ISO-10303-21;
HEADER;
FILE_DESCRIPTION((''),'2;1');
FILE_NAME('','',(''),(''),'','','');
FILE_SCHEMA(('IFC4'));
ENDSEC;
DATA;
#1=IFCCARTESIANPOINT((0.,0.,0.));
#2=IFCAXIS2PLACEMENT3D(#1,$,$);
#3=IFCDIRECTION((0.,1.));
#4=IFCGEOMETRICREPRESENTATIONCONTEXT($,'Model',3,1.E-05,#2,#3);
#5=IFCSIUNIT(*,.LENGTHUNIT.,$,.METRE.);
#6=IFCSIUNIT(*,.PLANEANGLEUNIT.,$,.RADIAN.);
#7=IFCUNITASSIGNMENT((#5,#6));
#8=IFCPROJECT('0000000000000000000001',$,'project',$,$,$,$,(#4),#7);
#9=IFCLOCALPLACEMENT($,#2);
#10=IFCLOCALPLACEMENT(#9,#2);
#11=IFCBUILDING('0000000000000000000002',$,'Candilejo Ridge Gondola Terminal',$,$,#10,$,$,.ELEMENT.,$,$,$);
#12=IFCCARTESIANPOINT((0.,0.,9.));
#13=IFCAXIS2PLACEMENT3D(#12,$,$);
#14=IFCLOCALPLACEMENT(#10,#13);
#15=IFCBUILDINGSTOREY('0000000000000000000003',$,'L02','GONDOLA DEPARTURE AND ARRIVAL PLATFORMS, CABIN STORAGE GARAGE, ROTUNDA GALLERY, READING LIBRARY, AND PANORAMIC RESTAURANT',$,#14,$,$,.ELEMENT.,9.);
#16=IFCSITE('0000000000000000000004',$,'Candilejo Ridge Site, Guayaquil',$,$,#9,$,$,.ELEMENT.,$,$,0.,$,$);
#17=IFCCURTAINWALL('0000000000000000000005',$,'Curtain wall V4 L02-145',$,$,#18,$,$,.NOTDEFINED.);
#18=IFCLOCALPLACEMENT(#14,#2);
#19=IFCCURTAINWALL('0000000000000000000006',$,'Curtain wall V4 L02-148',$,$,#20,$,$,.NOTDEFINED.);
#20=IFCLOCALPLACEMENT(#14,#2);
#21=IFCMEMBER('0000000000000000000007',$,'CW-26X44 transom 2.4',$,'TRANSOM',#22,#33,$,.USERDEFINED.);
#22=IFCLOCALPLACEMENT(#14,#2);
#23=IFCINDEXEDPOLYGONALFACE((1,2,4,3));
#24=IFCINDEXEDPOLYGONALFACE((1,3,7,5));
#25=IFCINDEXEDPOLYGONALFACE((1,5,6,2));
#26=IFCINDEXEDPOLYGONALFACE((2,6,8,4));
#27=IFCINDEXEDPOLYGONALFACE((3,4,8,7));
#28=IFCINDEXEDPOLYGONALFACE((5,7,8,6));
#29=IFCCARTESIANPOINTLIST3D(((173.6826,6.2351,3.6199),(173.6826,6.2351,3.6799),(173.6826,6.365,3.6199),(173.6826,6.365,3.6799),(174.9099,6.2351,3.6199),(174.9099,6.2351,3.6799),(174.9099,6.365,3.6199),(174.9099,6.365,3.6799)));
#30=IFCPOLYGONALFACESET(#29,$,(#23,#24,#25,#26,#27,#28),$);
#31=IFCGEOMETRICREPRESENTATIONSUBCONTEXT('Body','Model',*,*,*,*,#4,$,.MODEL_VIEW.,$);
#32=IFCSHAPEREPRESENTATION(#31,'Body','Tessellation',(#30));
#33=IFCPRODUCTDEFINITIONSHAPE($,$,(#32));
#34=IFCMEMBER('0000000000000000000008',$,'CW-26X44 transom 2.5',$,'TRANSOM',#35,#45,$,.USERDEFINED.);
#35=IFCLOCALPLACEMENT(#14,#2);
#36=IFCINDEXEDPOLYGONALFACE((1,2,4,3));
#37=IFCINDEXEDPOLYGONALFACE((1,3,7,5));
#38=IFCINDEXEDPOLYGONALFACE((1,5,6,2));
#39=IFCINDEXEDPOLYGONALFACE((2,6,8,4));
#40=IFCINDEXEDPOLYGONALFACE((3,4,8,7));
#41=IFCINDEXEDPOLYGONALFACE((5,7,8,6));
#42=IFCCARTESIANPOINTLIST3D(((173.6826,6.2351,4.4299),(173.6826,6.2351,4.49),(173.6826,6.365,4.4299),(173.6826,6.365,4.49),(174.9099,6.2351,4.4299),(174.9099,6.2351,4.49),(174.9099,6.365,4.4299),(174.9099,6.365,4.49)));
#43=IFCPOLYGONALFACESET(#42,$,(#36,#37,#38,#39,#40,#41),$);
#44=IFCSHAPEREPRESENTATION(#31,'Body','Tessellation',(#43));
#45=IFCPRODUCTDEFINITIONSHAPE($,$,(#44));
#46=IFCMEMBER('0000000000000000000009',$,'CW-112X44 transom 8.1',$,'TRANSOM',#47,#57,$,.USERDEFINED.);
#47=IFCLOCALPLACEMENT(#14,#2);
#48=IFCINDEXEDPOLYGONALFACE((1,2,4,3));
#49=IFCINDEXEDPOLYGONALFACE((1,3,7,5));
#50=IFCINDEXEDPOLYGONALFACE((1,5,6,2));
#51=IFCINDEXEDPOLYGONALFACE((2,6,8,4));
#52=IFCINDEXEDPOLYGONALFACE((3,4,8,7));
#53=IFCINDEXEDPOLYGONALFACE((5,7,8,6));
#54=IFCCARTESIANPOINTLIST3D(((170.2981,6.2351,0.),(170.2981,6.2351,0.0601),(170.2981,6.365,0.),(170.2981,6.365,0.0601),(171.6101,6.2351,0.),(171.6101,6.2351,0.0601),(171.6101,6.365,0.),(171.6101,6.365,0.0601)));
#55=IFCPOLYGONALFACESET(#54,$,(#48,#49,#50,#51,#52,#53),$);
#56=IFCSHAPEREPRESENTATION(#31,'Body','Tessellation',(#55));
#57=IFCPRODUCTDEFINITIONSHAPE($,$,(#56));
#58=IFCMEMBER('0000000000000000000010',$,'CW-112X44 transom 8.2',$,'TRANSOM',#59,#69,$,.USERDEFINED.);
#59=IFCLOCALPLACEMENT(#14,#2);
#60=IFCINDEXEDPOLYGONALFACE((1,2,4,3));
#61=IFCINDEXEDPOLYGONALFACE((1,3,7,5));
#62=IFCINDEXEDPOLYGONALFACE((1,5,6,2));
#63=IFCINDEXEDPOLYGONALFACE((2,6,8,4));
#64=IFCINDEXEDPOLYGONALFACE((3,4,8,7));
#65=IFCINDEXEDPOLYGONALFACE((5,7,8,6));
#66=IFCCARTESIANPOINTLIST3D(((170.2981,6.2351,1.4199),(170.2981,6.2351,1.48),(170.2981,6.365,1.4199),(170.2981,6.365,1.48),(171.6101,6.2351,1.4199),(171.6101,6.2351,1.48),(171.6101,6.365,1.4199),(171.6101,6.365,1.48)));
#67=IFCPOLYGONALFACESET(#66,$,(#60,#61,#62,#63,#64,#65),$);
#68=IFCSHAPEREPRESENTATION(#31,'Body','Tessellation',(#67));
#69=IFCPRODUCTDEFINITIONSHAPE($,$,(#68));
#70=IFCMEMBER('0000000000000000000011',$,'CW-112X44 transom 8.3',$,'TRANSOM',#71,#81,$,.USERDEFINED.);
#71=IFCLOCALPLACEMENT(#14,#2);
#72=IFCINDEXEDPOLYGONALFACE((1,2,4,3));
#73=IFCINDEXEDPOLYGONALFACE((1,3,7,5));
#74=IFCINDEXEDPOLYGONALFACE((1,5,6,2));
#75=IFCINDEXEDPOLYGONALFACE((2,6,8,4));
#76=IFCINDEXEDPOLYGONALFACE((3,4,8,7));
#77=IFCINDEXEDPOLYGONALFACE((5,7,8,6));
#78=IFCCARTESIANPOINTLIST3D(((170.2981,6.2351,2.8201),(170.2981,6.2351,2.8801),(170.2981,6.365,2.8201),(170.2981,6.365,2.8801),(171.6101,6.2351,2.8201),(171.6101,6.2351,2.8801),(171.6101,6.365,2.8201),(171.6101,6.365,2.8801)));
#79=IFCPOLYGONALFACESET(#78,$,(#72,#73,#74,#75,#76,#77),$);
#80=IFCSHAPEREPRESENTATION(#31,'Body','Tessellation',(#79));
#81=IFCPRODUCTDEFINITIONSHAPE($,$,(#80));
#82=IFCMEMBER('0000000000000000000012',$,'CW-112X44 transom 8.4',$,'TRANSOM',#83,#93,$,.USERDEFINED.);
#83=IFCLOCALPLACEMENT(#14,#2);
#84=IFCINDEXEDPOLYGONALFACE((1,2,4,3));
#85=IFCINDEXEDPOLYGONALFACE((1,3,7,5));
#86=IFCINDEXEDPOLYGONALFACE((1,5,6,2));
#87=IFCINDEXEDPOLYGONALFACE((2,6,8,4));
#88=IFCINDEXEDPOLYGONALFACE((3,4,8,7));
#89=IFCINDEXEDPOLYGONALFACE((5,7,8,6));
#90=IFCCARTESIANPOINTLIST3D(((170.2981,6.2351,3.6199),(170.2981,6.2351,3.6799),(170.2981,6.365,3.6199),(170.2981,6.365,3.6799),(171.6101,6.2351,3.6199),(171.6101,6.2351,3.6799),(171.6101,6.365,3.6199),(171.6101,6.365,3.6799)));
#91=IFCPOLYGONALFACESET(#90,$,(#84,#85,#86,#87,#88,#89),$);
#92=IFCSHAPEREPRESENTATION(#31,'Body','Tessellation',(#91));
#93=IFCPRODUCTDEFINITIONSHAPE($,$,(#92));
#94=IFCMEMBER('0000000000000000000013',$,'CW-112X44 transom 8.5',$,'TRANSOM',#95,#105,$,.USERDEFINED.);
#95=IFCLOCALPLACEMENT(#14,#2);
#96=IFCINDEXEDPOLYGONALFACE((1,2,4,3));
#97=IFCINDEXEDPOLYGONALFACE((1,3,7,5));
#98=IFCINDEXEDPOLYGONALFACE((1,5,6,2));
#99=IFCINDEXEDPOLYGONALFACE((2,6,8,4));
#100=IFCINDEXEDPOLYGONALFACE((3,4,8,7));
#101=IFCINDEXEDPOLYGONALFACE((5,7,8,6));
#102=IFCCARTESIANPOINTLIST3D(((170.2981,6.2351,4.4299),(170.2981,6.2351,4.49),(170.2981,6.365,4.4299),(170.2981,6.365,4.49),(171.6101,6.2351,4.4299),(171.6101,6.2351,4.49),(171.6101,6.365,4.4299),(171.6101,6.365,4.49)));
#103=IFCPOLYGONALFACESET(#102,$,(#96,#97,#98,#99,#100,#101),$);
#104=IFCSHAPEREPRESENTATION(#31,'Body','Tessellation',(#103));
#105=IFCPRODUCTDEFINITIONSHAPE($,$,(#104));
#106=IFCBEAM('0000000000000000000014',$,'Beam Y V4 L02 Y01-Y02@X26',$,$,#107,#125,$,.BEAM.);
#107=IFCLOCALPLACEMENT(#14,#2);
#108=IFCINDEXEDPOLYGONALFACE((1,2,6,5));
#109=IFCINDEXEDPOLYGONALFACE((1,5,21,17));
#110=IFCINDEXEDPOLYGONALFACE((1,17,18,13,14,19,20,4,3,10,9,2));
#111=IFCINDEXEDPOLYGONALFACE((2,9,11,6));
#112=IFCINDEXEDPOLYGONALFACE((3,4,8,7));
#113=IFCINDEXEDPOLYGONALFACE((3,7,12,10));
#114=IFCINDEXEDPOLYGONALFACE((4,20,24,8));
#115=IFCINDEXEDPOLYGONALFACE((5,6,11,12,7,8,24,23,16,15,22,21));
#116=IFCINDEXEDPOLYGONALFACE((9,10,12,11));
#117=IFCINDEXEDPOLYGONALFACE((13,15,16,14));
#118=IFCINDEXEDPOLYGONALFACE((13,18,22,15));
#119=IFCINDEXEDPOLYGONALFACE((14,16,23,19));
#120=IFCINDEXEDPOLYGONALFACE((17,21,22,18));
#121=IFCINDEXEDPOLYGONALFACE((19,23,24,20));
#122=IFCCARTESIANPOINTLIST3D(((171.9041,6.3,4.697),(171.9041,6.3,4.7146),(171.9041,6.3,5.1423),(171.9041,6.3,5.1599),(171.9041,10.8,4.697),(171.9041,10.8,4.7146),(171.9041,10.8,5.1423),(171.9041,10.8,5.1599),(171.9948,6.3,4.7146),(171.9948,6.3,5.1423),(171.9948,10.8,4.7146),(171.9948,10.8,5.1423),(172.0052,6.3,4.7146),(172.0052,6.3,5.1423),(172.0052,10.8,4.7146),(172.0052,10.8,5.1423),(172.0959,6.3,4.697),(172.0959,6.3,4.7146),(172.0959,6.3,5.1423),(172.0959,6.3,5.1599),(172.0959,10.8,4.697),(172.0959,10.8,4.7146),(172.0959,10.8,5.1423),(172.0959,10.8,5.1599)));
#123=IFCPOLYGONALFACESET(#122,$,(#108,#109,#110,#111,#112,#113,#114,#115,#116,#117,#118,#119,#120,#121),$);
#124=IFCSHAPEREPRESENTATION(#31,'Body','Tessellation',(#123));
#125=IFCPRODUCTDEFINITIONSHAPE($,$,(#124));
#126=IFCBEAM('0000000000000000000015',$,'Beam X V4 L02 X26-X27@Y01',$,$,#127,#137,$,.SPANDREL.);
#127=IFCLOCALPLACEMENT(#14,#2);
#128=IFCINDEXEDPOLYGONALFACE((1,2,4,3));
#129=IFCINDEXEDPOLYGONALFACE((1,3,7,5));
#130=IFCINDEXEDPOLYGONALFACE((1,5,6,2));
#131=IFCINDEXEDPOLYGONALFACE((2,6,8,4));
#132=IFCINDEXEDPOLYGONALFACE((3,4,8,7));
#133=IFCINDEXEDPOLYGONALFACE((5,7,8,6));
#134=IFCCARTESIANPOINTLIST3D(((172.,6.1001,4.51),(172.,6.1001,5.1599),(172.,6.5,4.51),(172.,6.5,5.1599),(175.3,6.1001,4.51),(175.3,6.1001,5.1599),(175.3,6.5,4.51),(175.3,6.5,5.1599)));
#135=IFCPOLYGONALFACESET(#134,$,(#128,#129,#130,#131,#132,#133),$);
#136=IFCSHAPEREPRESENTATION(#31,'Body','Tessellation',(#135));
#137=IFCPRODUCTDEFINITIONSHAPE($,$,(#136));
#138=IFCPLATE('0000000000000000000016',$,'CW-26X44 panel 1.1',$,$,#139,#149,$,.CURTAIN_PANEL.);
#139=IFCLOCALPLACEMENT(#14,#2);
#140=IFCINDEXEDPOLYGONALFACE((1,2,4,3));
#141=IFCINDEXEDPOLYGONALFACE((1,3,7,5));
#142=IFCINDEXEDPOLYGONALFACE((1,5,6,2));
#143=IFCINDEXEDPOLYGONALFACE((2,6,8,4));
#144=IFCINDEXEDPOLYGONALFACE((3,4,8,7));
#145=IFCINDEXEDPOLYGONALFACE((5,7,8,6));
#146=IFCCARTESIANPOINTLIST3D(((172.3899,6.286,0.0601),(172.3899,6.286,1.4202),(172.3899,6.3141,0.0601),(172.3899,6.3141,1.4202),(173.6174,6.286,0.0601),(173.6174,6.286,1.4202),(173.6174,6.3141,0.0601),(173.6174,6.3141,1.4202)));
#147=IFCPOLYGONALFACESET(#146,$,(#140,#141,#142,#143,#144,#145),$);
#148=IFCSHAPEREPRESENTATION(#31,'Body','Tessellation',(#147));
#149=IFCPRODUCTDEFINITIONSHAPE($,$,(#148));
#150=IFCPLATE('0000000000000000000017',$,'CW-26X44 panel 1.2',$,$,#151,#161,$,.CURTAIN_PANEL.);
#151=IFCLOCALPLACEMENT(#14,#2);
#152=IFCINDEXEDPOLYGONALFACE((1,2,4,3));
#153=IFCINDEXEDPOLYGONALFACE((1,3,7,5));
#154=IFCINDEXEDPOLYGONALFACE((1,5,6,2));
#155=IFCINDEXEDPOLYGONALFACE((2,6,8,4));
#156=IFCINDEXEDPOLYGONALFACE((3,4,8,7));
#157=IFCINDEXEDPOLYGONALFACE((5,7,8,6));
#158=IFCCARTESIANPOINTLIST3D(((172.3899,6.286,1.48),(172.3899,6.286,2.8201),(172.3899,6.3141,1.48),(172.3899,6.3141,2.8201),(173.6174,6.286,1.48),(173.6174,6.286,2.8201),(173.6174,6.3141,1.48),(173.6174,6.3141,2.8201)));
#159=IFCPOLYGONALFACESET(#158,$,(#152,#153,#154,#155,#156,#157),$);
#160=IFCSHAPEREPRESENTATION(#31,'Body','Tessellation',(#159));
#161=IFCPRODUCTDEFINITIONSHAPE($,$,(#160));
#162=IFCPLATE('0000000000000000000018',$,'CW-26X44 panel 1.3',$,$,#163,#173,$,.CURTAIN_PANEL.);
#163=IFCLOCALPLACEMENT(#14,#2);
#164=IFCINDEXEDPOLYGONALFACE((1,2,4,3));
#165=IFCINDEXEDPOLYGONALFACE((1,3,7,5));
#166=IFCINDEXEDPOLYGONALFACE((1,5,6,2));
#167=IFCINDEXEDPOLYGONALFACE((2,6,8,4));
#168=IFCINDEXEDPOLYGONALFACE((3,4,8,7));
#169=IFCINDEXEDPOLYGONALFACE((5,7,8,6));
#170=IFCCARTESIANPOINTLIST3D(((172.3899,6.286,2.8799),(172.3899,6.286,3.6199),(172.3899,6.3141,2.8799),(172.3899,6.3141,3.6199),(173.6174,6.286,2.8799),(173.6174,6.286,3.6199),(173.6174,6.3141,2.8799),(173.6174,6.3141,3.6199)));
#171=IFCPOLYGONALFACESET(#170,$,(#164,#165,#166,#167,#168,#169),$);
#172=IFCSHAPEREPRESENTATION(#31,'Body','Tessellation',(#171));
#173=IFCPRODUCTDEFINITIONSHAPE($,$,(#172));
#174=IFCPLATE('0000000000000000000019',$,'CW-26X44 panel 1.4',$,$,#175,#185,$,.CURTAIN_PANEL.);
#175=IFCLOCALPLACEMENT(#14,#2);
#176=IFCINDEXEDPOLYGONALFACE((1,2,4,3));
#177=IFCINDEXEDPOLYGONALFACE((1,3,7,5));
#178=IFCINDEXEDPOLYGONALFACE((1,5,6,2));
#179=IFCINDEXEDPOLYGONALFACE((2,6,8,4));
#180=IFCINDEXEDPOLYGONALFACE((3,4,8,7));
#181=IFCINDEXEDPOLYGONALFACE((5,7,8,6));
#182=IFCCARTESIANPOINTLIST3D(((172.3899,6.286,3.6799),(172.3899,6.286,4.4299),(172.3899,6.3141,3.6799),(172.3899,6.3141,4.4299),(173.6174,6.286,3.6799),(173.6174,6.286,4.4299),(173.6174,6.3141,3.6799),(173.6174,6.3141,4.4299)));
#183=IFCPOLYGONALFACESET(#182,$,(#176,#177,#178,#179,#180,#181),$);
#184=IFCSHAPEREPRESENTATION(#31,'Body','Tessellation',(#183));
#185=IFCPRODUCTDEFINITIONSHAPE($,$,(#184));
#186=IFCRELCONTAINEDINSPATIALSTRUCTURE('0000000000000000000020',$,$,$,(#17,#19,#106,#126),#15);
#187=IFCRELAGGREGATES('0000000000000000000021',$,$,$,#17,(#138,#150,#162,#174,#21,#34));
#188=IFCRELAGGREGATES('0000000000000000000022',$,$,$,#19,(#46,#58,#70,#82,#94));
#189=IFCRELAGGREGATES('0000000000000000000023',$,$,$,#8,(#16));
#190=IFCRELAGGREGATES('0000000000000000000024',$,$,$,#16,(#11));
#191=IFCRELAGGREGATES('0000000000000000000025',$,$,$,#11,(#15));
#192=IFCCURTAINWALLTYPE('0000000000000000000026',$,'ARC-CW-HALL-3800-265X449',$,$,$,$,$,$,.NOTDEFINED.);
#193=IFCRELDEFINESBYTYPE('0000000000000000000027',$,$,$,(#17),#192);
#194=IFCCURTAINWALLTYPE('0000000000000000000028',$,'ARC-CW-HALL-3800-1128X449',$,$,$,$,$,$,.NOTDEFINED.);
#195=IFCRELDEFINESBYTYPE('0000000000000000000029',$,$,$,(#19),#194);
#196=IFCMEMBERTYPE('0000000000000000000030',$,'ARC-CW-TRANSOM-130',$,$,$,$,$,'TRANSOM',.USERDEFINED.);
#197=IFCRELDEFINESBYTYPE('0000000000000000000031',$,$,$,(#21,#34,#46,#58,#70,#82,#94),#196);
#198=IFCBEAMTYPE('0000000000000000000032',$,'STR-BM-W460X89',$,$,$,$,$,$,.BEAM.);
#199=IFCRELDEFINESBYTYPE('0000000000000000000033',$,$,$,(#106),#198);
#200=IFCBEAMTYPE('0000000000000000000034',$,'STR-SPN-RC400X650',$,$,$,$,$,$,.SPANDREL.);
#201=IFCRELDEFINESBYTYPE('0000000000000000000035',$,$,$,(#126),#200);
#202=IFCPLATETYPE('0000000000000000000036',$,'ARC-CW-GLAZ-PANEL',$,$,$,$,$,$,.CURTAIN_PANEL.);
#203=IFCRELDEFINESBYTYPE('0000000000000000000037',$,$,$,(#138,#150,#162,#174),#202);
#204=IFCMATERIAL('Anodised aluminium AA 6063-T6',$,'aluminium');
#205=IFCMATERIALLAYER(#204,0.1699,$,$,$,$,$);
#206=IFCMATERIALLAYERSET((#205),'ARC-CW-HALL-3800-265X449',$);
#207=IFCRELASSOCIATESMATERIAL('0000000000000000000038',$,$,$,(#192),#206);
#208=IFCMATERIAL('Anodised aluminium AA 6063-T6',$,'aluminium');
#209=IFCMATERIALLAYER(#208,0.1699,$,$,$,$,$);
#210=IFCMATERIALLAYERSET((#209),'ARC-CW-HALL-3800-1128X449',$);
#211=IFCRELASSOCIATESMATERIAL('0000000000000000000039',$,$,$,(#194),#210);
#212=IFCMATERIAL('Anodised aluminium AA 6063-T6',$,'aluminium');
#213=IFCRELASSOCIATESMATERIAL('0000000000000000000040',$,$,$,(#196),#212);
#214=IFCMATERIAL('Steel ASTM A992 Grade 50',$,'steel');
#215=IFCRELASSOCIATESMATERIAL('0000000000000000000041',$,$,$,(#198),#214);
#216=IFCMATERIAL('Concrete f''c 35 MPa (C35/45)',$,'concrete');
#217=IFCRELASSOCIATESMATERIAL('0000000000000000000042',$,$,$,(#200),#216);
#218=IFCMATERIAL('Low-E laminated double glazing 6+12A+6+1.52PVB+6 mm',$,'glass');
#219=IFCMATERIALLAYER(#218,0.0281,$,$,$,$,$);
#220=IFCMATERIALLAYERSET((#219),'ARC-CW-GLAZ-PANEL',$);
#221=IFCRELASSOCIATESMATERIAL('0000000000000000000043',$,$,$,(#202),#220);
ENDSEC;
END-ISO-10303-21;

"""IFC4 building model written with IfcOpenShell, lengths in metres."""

from ifc_helpers import new_model, si_unit, direction, frame, origin, origin_2d, place, context, subcontext, project, spatial, rectangle, i_section, extrude, material, layer, layer_set, material_profile, profile_set, type_object, element, aggregate, save


model = new_model("IFC4")

# Units and contexts
model_context = context("Model", 3, precision=1e-05, world=origin(), true_north=direction((0.0, 1.0)))
body_context = subcontext(model_context, "Body", "Model", "MODEL_VIEW")
ifc_project = project(units=[si_unit("LENGTHUNIT", "METRE"), si_unit("PLANEANGLEUNIT", "RADIAN")], contexts=[model_context])

# Site, building, storey
site_placement = place(None, origin())
site = spatial("IfcSite", under=ifc_project, at=site_placement, Name="Candilejo Ridge Site, Guayaquil", CompositionType="ELEMENT", RefElevation=0.0)
building_placement = place(site_placement, origin())
building = spatial("IfcBuilding", under=site, at=building_placement, Name="Candilejo Ridge Gondola Terminal", CompositionType="ELEMENT")
storey_placement = place(building_placement, frame((0.0, 0.0, 9.0)))
storey = spatial("IfcBuildingStorey", under=building, at=storey_placement, Name="L02", Description="GONDOLA DEPARTURE AND ARRIVAL PLATFORMS, CABIN STORAGE GARAGE, ROTUNDA GALLERY, READING LIBRARY, AND PANORAMIC RESTAURANT", CompositionType="ELEMENT", Elevation=9.0)

# Curtain walls
ifc_material_1 = material(Name="Anodised aluminium AA 6063-T6", Category="aluminium")
ifc_layer_1 = layer(ifc_material_1, 0.1699)
ifc_layer_set_1 = layer_set([ifc_layer_1], Name="ARC-CW-HALL-3800-265X449")
curtain_wall_type_1 = type_object("IfcCurtainWallType", Name="ARC-CW-HALL-3800-265X449", PredefinedType="NOTDEFINED", material=ifc_layer_set_1)
curtain_wall_1_placement = place(storey_placement, origin())
curtain_wall_1 = element("IfcCurtainWall", 1, at=curtain_wall_1_placement, inside=storey, type_object=curtain_wall_type_1, Name="Curtain wall V4 L02-145", PredefinedType="NOTDEFINED")
ifc_material_2 = material(Name="Anodised aluminium AA 6063-T6", Category="aluminium")
ifc_layer_2 = layer(ifc_material_2, 0.1699)
ifc_layer_set_2 = layer_set([ifc_layer_2], Name="ARC-CW-HALL-3800-1128X449")
curtain_wall_type_2 = type_object("IfcCurtainWallType", Name="ARC-CW-HALL-3800-1128X449", PredefinedType="NOTDEFINED", material=ifc_layer_set_2)
curtain_wall_2_placement = place(storey_placement, origin())
curtain_wall_2 = element("IfcCurtainWall", 2, at=curtain_wall_2_placement, inside=storey, type_object=curtain_wall_type_2, Name="Curtain wall V4 L02-148", PredefinedType="NOTDEFINED")

# Members
ifc_material_3 = material(Name="Anodised aluminium AA 6063-T6", Category="aluminium")
ifc_material_profile_1 = material_profile(ifc_material_3, rectangle(XDim=0.1299, YDim=0.0601, at=origin_2d()))
ifc_profile_set_1 = profile_set([ifc_material_profile_1], Name="Anodised aluminium AA 6063-T6")
member_type_1 = type_object("IfcMemberType", Name="ARC-CW-TRANSOM-130", ElementType="TRANSOM", PredefinedType="USERDEFINED", material=ifc_profile_set_1)
member_1_placement = place(storey_placement, frame((173.6826, 6.3, 3.6499), z_axis=(1.0, 0.0, 0.0), x_axis=(0.0, 1.0, 0.0)))
member_1 = element("IfcMember", 3, at=member_1_placement, type_object=member_type_1, Name="CW-26X44 transom 2.4", ObjectType="TRANSOM", PredefinedType="USERDEFINED", context=body_context, shape_type="SweptSolid", body=[
    extrude(rectangle(XDim=0.1299, YDim=0.0601, at=origin_2d()), origin(), (0.0, 0.0, 1.0), 1.2273),
])
member_2_placement = place(storey_placement, frame((173.6826, 6.3, 4.46), z_axis=(1.0, 0.0, 0.0), x_axis=(0.0, 1.0, 0.0)))
member_2 = element("IfcMember", 4, at=member_2_placement, type_object=member_type_1, Name="CW-26X44 transom 2.5", ObjectType="TRANSOM", PredefinedType="USERDEFINED", context=body_context, shape_type="SweptSolid", body=[
    extrude(rectangle(XDim=0.1299, YDim=0.0601, at=origin_2d()), origin(), (0.0, 0.0, 1.0), 1.2273),
])
member_3_placement = place(storey_placement, frame((170.2981, 6.3, 0.03), z_axis=(1.0, 0.0, 0.0), x_axis=(0.0, 1.0, 0.0)))
member_3 = element("IfcMember", 5, at=member_3_placement, type_object=member_type_1, Name="CW-112X44 transom 8.1", ObjectType="TRANSOM", PredefinedType="USERDEFINED", context=body_context, shape_type="SweptSolid", body=[
    extrude(rectangle(XDim=0.1299, YDim=0.0601, at=origin_2d()), origin(), (0.0, 0.0, 1.0), 1.312),
])
member_4_placement = place(storey_placement, frame((170.2981, 6.3, 1.45), z_axis=(1.0, 0.0, 0.0), x_axis=(0.0, 1.0, 0.0)))
member_4 = element("IfcMember", 6, at=member_4_placement, type_object=member_type_1, Name="CW-112X44 transom 8.2", ObjectType="TRANSOM", PredefinedType="USERDEFINED", context=body_context, shape_type="SweptSolid", body=[
    extrude(rectangle(XDim=0.1299, YDim=0.0601, at=origin_2d()), origin(), (0.0, 0.0, 1.0), 1.312),
])
member_5_placement = place(storey_placement, frame((170.2981, 6.3, 2.8501), z_axis=(1.0, 0.0, 0.0), x_axis=(0.0, 1.0, 0.0)))
member_5 = element("IfcMember", 7, at=member_5_placement, type_object=member_type_1, Name="CW-112X44 transom 8.3", ObjectType="TRANSOM", PredefinedType="USERDEFINED", context=body_context, shape_type="SweptSolid", body=[
    extrude(rectangle(XDim=0.1299, YDim=0.0601, at=origin_2d()), origin(), (0.0, 0.0, 1.0), 1.312),
])
member_6_placement = place(storey_placement, frame((170.2981, 6.3, 3.6499), z_axis=(1.0, 0.0, 0.0), x_axis=(0.0, 1.0, 0.0)))
member_6 = element("IfcMember", 8, at=member_6_placement, type_object=member_type_1, Name="CW-112X44 transom 8.4", ObjectType="TRANSOM", PredefinedType="USERDEFINED", context=body_context, shape_type="SweptSolid", body=[
    extrude(rectangle(XDim=0.1299, YDim=0.0601, at=origin_2d()), origin(), (0.0, 0.0, 1.0), 1.312),
])
member_7_placement = place(storey_placement, frame((170.2981, 6.3, 4.46), z_axis=(1.0, 0.0, 0.0), x_axis=(0.0, 1.0, 0.0)))
member_7 = element("IfcMember", 9, at=member_7_placement, type_object=member_type_1, Name="CW-112X44 transom 8.5", ObjectType="TRANSOM", PredefinedType="USERDEFINED", context=body_context, shape_type="SweptSolid", body=[
    extrude(rectangle(XDim=0.1299, YDim=0.0601, at=origin_2d()), origin(), (0.0, 0.0, 1.0), 1.312),
])

# Beams
ifc_material_4 = material(Name="Steel ASTM A992 Grade 50", Category="steel")
ifc_material_profile_2 = material_profile(ifc_material_4, i_section(OverallWidth=0.1919, OverallDepth=0.4629, WebThickness=0.0105, FlangeThickness=0.0176, at=origin_2d()))
ifc_profile_set_2 = profile_set([ifc_material_profile_2], Name="Steel ASTM A992 Grade 50")
beam_type_1 = type_object("IfcBeamType", Name="STR-BM-W460X89", PredefinedType="BEAM", material=ifc_profile_set_2)
beam_1_placement = place(storey_placement, frame((172.0, 6.3, 4.9285), z_axis=(0.0, 1.0, 0.0), x_axis=(-1.0, 0.0, 0.0)))
element("IfcBeam", 10, at=beam_1_placement, inside=storey, type_object=beam_type_1, Name="Beam Y V4 L02 Y01-Y02@X26", PredefinedType="BEAM", context=body_context, shape_type="SweptSolid", body=[
    extrude(i_section(OverallWidth=0.1919, OverallDepth=0.4629, WebThickness=0.0105, FlangeThickness=0.0176, at=origin_2d()), origin(), (0.0, 0.0, 1.0), 4.5),
])
ifc_material_5 = material(Name="Concrete f'c 35 MPa (C35/45)", Category="concrete")
ifc_material_profile_3 = material_profile(ifc_material_5, rectangle(XDim=0.3999, YDim=0.6499, at=origin_2d()))
ifc_profile_set_3 = profile_set([ifc_material_profile_3], Name="Concrete f'c 35 MPa (C35/45)")
beam_type_2 = type_object("IfcBeamType", Name="STR-SPN-RC400X650", PredefinedType="SPANDREL", material=ifc_profile_set_3)
beam_2_placement = place(storey_placement, frame((172.0, 6.3, 4.835), z_axis=(1.0, 0.0, 0.0), x_axis=(0.0, 1.0, 0.0)))
element("IfcBeam", 11, at=beam_2_placement, inside=storey, type_object=beam_type_2, Name="Beam X V4 L02 X26-X27@Y01", PredefinedType="SPANDREL", context=body_context, shape_type="SweptSolid", body=[
    extrude(rectangle(XDim=0.3999, YDim=0.6499, at=origin_2d()), origin(), (0.0, 0.0, 1.0), 3.3),
])

# Plates
ifc_material_6 = material(Name="Low-E laminated double glazing 6+12A+6+1.52PVB+6 mm", Category="glass")
ifc_layer_3 = layer(ifc_material_6, 0.0281)
ifc_layer_set_3 = layer_set([ifc_layer_3], Name="ARC-CW-GLAZ-PANEL")
plate_type = type_object("IfcPlateType", Name="ARC-CW-GLAZ-PANEL", PredefinedType="CURTAIN_PANEL", material=ifc_layer_set_3)
plate_1_placement = place(storey_placement, frame((173.0037, 6.3, 0.0601), z_axis=(0.0, 0.0, 1.0), x_axis=(1.0, 0.0, 0.0)))
plate_1 = element("IfcPlate", 12, at=plate_1_placement, type_object=plate_type, Name="CW-26X44 panel 1.1", PredefinedType="CURTAIN_PANEL", context=body_context, shape_type="SweptSolid", body=[
    extrude(rectangle(XDim=1.2275, YDim=0.0281, at=origin_2d()), origin(), (0.0, 0.0, 1.0), 1.3601),
])
plate_2_placement = place(storey_placement, frame((173.0037, 6.3, 1.48), z_axis=(0.0, 0.0, 1.0), x_axis=(1.0, 0.0, 0.0)))
plate_2 = element("IfcPlate", 13, at=plate_2_placement, type_object=plate_type, Name="CW-26X44 panel 1.2", PredefinedType="CURTAIN_PANEL", context=body_context, shape_type="SweptSolid", body=[
    extrude(rectangle(XDim=1.2275, YDim=0.0281, at=origin_2d()), origin(), (0.0, 0.0, 1.0), 1.3401),
])
plate_3_placement = place(storey_placement, frame((173.0037, 6.3, 2.8799), z_axis=(0.0, 0.0, 1.0), x_axis=(1.0, 0.0, 0.0)))
plate_3 = element("IfcPlate", 14, at=plate_3_placement, type_object=plate_type, Name="CW-26X44 panel 1.3", PredefinedType="CURTAIN_PANEL", context=body_context, shape_type="SweptSolid", body=[
    extrude(rectangle(XDim=1.2275, YDim=0.0281, at=origin_2d()), origin(), (0.0, 0.0, 1.0), 0.74),
])
plate_4_placement = place(storey_placement, frame((173.0037, 6.3, 3.6799), z_axis=(0.0, 0.0, 1.0), x_axis=(1.0, 0.0, 0.0)))
plate_4 = element("IfcPlate", 15, at=plate_4_placement, type_object=plate_type, Name="CW-26X44 panel 1.4", PredefinedType="CURTAIN_PANEL", context=body_context, shape_type="SweptSolid", body=[
    extrude(rectangle(XDim=1.2275, YDim=0.0281, at=origin_2d()), origin(), (0.0, 0.0, 1.0), 0.75),
])
aggregate(curtain_wall_1, [plate_1, plate_2, plate_3, plate_4, member_1, member_2])
aggregate(curtain_wall_2, [member_3, member_4, member_5, member_6, member_7])

save(model, "model.ifc")
